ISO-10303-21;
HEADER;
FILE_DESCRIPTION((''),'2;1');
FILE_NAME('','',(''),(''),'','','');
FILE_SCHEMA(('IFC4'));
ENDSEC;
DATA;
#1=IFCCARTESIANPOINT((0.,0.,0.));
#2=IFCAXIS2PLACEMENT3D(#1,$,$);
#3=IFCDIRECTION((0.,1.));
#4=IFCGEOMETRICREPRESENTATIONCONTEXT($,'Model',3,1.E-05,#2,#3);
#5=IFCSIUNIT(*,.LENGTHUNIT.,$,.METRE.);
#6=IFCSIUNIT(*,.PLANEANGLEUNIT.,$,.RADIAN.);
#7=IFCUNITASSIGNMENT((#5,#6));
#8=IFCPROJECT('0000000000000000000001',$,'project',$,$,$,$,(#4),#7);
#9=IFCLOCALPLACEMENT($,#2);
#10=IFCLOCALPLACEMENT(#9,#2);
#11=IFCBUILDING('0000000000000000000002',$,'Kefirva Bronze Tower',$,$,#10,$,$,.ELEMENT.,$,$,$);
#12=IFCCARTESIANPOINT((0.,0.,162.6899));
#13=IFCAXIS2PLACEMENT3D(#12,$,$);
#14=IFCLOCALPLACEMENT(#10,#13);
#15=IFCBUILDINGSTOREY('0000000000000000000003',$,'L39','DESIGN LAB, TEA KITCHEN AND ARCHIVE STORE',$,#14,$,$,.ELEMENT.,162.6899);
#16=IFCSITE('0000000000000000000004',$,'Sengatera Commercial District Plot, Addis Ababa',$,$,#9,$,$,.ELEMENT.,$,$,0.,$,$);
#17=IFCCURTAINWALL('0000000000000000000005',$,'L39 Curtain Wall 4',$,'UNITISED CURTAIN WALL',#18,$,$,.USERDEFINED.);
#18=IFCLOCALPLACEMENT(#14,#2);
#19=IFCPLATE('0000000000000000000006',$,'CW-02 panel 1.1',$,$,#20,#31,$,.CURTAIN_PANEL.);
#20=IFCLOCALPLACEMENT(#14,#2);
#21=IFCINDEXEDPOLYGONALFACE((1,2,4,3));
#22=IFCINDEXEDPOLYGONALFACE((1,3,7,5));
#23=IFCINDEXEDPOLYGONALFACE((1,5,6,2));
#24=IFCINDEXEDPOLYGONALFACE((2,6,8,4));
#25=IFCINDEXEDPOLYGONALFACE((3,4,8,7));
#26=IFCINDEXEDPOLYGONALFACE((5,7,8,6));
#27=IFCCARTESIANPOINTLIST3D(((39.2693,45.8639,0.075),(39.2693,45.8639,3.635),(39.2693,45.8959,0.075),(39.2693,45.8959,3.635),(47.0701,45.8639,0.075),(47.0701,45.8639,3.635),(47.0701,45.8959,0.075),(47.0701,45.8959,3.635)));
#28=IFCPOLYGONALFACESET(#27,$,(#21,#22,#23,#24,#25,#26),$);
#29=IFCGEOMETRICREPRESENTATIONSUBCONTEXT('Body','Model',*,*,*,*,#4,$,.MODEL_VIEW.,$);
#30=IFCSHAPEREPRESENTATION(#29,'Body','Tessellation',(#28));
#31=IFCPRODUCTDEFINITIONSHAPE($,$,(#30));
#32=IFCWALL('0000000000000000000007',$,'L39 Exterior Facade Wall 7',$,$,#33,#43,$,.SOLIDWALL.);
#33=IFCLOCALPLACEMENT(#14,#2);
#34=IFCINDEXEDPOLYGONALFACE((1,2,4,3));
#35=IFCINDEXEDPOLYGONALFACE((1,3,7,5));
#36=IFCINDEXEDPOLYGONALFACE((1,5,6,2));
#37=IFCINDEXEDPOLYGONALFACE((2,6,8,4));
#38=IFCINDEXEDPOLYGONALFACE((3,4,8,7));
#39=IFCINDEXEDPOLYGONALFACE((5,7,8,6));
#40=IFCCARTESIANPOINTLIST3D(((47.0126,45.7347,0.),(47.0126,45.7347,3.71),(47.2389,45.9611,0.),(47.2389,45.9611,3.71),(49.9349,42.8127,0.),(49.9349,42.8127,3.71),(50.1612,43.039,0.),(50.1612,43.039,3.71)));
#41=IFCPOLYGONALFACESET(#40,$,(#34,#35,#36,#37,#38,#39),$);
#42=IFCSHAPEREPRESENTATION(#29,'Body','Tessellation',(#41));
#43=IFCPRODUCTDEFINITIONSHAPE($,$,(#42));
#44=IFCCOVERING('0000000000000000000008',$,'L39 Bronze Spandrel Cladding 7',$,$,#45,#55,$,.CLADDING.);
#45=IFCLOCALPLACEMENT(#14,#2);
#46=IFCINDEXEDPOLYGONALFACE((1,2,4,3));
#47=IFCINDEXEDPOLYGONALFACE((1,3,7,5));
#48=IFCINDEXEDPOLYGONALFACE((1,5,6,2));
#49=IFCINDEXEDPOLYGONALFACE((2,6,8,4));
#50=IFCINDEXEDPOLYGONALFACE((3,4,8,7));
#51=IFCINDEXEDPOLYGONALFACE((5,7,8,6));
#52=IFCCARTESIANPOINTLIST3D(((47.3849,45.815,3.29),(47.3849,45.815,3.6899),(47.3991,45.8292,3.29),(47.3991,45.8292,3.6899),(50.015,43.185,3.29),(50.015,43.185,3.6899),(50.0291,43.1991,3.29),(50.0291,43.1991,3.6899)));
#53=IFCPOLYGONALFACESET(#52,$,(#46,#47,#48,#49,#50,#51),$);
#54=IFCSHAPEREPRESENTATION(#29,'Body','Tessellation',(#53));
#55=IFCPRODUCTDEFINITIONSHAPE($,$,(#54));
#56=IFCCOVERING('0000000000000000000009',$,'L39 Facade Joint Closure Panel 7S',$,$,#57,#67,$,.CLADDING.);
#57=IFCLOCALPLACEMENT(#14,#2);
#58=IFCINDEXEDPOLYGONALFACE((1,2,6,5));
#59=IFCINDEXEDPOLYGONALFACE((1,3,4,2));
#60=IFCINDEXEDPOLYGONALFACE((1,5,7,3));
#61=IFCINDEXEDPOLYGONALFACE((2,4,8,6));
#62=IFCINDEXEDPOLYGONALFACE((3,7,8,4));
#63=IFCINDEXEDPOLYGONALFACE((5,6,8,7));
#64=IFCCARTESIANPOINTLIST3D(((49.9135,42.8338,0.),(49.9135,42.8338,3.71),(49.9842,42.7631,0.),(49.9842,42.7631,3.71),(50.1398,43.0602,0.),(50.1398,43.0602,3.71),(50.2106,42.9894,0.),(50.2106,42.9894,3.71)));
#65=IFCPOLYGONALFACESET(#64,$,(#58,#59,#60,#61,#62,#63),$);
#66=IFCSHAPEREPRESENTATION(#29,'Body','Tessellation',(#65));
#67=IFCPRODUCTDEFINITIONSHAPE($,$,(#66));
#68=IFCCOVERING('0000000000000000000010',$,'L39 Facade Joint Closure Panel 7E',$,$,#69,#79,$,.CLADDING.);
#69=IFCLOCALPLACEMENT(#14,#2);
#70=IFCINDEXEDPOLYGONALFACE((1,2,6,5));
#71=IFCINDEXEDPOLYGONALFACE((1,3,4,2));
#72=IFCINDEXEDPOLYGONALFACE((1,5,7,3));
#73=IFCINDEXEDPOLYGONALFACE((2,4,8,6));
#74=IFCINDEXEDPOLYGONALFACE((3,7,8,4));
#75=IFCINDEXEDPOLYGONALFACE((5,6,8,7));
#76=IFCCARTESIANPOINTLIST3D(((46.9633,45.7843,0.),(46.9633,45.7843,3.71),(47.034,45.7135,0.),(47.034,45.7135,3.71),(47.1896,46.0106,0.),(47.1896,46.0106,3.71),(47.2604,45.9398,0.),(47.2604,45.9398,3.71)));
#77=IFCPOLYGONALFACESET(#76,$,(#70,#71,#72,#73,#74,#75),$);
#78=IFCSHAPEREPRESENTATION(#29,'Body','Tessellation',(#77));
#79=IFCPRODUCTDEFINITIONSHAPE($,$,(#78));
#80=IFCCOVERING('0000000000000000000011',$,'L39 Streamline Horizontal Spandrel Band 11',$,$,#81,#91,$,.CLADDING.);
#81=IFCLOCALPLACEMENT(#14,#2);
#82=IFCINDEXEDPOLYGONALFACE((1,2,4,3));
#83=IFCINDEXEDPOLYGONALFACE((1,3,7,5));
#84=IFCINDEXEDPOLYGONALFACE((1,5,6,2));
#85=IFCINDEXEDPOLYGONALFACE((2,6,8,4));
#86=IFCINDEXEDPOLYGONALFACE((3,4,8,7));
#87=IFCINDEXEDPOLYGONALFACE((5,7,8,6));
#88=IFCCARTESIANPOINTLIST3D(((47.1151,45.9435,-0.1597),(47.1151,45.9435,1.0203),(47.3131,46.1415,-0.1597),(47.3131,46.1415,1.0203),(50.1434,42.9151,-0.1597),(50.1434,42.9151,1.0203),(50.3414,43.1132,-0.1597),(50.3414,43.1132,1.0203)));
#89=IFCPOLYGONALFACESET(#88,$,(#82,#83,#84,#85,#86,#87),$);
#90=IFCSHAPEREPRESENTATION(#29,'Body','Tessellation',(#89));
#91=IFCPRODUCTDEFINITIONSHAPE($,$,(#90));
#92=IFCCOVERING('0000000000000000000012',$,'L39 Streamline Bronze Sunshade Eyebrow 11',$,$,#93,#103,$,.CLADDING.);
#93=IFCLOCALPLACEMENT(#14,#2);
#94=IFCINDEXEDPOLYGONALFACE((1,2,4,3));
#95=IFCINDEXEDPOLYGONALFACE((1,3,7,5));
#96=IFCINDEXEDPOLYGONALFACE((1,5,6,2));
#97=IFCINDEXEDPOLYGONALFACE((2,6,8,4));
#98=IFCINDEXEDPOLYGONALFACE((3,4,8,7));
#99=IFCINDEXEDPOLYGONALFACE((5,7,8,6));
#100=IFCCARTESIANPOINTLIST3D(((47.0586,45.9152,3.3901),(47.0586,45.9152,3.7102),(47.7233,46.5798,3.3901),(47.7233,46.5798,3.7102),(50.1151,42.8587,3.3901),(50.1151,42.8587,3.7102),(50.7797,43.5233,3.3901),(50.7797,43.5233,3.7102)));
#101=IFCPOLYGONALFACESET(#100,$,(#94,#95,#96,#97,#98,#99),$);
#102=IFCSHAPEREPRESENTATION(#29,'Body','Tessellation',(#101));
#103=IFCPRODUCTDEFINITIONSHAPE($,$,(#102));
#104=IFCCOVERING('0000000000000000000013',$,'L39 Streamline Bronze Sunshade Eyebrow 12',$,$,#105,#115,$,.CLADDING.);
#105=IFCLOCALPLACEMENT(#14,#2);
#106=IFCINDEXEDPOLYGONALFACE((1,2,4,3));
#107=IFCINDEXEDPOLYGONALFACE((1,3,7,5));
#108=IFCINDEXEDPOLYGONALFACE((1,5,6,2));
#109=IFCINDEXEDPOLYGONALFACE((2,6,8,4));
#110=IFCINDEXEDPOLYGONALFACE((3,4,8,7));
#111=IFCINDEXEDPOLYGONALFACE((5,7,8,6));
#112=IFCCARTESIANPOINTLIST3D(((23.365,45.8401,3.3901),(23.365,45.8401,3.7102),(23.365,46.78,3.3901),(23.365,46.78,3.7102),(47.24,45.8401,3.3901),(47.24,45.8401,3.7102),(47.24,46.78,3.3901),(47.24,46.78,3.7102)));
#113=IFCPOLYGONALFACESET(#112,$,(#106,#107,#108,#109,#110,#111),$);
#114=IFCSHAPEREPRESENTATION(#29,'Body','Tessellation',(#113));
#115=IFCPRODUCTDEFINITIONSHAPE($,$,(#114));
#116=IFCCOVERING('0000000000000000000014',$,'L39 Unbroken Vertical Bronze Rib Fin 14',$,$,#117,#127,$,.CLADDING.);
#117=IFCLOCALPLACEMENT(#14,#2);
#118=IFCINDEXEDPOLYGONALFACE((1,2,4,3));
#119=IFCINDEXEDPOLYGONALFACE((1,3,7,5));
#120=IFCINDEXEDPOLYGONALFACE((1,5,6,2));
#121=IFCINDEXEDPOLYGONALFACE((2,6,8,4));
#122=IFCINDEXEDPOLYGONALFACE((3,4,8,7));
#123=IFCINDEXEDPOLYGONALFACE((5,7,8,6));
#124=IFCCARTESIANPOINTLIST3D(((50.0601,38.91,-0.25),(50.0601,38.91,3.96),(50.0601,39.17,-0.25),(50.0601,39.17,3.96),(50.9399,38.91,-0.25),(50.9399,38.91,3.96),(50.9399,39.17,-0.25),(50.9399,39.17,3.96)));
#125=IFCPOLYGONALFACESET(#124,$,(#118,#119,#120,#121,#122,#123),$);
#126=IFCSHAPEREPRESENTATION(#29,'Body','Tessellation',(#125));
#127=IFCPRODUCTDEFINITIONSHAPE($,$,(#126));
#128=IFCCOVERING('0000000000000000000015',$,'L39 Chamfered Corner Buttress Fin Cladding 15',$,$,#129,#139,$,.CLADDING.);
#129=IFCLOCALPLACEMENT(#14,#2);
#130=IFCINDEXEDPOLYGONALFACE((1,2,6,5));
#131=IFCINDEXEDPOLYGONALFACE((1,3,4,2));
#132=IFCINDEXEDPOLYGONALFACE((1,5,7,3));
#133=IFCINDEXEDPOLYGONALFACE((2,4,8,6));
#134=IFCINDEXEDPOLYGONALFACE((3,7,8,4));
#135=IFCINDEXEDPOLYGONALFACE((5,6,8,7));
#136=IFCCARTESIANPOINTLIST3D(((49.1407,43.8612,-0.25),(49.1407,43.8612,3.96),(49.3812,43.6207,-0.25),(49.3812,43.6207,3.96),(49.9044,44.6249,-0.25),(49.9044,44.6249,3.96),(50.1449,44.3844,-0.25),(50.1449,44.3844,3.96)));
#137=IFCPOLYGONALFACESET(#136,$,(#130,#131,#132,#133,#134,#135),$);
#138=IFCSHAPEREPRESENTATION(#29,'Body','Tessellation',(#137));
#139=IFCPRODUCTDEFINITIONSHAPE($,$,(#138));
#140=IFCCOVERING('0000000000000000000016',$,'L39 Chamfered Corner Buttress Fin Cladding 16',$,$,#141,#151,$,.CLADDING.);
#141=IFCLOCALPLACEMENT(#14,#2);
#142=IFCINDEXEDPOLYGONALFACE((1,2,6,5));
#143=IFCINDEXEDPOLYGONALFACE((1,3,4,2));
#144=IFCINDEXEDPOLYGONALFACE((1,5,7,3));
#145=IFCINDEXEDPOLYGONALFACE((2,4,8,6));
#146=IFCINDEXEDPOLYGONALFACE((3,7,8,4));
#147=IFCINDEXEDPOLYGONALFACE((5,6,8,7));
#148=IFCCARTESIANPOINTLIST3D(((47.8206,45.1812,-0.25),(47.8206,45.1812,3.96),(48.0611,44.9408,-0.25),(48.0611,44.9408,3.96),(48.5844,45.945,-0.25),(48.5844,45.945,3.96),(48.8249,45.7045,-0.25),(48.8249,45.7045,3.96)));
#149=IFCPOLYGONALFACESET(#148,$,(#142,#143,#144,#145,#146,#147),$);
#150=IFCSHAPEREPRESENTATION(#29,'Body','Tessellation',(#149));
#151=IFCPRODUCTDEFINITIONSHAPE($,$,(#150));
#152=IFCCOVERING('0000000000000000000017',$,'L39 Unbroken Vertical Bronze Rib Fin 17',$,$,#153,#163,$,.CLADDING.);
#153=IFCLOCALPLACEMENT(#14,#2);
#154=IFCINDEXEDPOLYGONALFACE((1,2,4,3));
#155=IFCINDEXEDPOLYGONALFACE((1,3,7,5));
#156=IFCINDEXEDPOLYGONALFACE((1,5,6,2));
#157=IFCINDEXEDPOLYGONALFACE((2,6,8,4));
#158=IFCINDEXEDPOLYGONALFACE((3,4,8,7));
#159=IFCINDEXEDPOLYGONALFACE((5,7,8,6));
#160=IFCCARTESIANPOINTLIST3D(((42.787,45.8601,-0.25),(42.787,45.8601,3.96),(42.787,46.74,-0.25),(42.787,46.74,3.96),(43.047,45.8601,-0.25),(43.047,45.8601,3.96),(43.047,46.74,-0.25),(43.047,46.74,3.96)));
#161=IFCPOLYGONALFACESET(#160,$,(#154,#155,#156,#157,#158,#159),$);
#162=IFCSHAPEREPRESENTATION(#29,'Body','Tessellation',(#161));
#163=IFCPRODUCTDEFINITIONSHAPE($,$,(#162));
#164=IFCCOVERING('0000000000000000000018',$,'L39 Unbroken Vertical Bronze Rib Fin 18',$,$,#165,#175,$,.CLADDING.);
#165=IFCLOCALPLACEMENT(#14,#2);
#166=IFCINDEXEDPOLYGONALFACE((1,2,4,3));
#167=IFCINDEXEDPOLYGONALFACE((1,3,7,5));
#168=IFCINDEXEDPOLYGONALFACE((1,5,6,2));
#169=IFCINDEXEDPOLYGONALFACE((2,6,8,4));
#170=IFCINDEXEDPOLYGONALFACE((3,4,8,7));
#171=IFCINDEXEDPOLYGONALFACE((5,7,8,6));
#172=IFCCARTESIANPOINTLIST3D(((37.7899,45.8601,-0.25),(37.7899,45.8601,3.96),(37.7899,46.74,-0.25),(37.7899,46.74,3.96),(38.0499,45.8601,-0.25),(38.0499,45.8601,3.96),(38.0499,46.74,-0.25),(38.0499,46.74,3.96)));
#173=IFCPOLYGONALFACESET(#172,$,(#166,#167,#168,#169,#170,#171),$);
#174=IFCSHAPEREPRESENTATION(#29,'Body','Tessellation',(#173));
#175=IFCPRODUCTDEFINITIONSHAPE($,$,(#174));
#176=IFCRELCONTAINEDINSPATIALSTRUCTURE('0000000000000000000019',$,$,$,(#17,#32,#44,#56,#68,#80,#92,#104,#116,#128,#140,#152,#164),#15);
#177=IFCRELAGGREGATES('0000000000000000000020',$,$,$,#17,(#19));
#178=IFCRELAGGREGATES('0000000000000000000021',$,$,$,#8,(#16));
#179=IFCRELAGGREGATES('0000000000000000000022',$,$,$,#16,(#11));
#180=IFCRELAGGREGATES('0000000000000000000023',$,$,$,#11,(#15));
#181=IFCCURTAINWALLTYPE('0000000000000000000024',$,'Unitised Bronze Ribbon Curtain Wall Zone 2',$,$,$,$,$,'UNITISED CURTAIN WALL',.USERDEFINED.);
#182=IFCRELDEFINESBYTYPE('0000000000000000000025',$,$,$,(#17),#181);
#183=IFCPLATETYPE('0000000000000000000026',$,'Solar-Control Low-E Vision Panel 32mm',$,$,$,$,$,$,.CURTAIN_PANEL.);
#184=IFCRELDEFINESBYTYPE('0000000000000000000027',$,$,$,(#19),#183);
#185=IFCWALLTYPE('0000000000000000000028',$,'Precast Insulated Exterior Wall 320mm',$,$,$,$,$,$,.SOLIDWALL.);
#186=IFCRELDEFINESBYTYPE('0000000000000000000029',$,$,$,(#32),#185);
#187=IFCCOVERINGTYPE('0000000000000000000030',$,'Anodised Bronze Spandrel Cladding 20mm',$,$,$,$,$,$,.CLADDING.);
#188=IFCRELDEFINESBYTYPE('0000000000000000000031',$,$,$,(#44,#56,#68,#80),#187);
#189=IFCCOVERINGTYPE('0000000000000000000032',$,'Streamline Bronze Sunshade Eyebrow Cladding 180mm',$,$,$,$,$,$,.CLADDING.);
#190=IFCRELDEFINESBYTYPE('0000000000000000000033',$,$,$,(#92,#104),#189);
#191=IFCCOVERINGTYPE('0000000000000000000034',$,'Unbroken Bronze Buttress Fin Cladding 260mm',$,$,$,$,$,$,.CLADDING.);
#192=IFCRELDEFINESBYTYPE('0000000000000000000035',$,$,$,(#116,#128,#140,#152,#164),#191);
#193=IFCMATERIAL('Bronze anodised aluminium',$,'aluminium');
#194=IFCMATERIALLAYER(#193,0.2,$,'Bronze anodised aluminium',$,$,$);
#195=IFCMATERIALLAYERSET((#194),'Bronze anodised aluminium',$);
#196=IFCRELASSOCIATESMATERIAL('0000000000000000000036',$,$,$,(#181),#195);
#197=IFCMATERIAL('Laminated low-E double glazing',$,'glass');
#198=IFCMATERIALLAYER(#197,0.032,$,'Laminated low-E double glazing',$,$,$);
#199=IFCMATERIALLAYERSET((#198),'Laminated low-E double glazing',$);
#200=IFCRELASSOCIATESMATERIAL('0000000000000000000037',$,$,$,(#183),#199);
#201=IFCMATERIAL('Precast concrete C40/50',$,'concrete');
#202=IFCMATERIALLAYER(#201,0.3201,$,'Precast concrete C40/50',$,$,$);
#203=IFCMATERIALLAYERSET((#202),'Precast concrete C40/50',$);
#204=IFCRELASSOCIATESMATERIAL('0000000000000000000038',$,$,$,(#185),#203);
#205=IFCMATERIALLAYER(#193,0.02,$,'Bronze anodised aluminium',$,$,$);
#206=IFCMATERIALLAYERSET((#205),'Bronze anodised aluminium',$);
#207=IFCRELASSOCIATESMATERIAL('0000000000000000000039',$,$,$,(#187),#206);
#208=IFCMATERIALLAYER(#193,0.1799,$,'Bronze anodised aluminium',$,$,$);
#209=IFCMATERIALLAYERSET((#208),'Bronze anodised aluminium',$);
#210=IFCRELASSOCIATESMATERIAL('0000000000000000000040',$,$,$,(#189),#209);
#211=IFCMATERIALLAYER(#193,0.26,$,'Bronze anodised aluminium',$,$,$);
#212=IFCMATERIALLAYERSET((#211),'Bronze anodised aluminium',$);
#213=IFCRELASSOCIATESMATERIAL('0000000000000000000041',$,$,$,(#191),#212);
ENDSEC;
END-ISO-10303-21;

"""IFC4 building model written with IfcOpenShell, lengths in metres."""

from ifc_helpers import new_model, si_unit, direction, frame, frame_2d, origin, origin_2d, place, context, subcontext, project, spatial, rectangle, extrude, material, layer, layer_set, type_object, element, aggregate, save


model = new_model("IFC4")

# Units and contexts
model_context = context("Model", 3, precision=1e-05, world=origin(), true_north=direction((0.0, 1.0)))
body_context = subcontext(model_context, "Body", "Model", "MODEL_VIEW")
ifc_project = project(units=[si_unit("LENGTHUNIT", "METRE"), si_unit("PLANEANGLEUNIT", "RADIAN")], contexts=[model_context])

# Site, building, storey
site_placement = place(None, origin())
site = spatial("IfcSite", under=ifc_project, at=site_placement, Name="Sengatera Commercial District Plot, Addis Ababa", CompositionType="ELEMENT", RefElevation=0.0)
building_placement = place(site_placement, origin())
building = spatial("IfcBuilding", under=site, at=building_placement, Name="Kefirva Bronze Tower", CompositionType="ELEMENT")
storey_placement = place(building_placement, frame((0.0, 0.0, 162.6899)))
storey = spatial("IfcBuildingStorey", under=building, at=storey_placement, Name="L39", Description="DESIGN LAB, TEA KITCHEN AND ARCHIVE STORE", CompositionType="ELEMENT", Elevation=162.6899)

# Shared definitions
ifc_material_1 = material(Name="Bronze anodised aluminium", Category="aluminium")
ifc_layer_1 = layer(ifc_material_1, 0.2, Name="Bronze anodised aluminium")
ifc_layer_set_1 = layer_set([ifc_layer_1], Name="Bronze anodised aluminium")
curtain_wall_type = type_object("IfcCurtainWallType", Name="Unitised Bronze Ribbon Curtain Wall Zone 2", ElementType="UNITISED CURTAIN WALL", PredefinedType="USERDEFINED", material=ifc_layer_set_1)

# Curtain wall
curtain_wall_1_placement = place(storey_placement, origin())
curtain_wall_1 = element("IfcCurtainWall", 1, at=curtain_wall_1_placement, inside=storey, type_object=curtain_wall_type, Name="L39 Curtain Wall 4", ObjectType="UNITISED CURTAIN WALL", PredefinedType="USERDEFINED")

# Plate
ifc_material_2 = material(Name="Laminated low-E double glazing", Category="glass")
ifc_layer_2 = layer(ifc_material_2, 0.032, Name="Laminated low-E double glazing")
ifc_layer_set_2 = layer_set([ifc_layer_2], Name="Laminated low-E double glazing")
plate_type = type_object("IfcPlateType", Name="Solar-Control Low-E Vision Panel 32mm", PredefinedType="CURTAIN_PANEL", material=ifc_layer_set_2)
plate_placement = place(storey_placement, frame((43.1697, 45.8799, 0.075), z_axis=(0.0, 0.0, 1.0), x_axis=(-1.0, 0.0, 0.0)))
plate = element("IfcPlate", 2, at=plate_placement, type_object=plate_type, Name="CW-02 panel 1.1", PredefinedType="CURTAIN_PANEL", context=body_context, shape_type="SweptSolid", body=[
    extrude(rectangle(XDim=7.8008, YDim=0.032, at=origin_2d()), origin(), (0.0, 0.0, 1.0), 3.5601),
])
aggregate(curtain_wall_1, [plate])

# Wall
ifc_material_3 = material(Name="Precast concrete C40/50", Category="concrete")
ifc_layer_3 = layer(ifc_material_3, 0.3201, Name="Precast concrete C40/50")
ifc_layer_set_3 = layer_set([ifc_layer_3], Name="Precast concrete C40/50")
wall_type = type_object("IfcWallType", Name="Precast Insulated Exterior Wall 320mm", PredefinedType="SOLIDWALL", material=ifc_layer_set_3)
wall_placement = place(storey_placement, frame((50.0481, 42.9258, 0.0), z_axis=(0.0, 0.0, 1.0), x_axis=(-0.707136, 0.707077, 0.0)))
element("IfcWall", 3, at=wall_placement, inside=storey, type_object=wall_type, Name="L39 Exterior Facade Wall 7", PredefinedType="SOLIDWALL", context=body_context, shape_type="SweptSolid", body=[
    extrude(rectangle(XDim=4.1326, YDim=0.3201, at=frame_2d((2.0664, 0.0))), origin(), (0.0, 0.0, 1.0), 3.71),
])

# Coverings
ifc_layer_4 = layer(ifc_material_1, 0.02, Name="Bronze anodised aluminium")
ifc_layer_set_4 = layer_set([ifc_layer_4], Name="Bronze anodised aluminium")
covering_type_1 = type_object("IfcCoveringType", Name="Anodised Bronze Spandrel Cladding 20mm", PredefinedType="CLADDING", material=ifc_layer_set_4)
covering_1_placement = place(storey_placement, frame((48.707, 44.5071, 3.29), z_axis=(0.0, 0.0, 1.0), x_axis=(-0.707107, 0.707107, 0.0)))
element("IfcCovering", 4, at=covering_1_placement, inside=storey, type_object=covering_type_1, Name="L39 Bronze Spandrel Cladding 7", PredefinedType="CLADDING", context=body_context, shape_type="SweptSolid", body=[
    extrude(rectangle(XDim=3.7195, YDim=0.02, at=origin_2d()), origin(), (0.0, 0.0, 1.0), 0.3999),
])
for number, where, z_axis, x_axis, name in (
    (5, (50.062, 42.9116, 0.0), (0.0, 0.0, 1.0), (-0.707107, 0.707107, 0.0), "L39 Facade Joint Closure Panel 7S"),
    (6, (47.1118, 45.8621, 0.0), (0.0, 0.0, 1.0), (-0.707107, 0.707107, 0.0), "L39 Facade Joint Closure Panel 7E"),
):
    element("IfcCovering", number, at=place(storey_placement, frame(where, z_axis=z_axis, x_axis=x_axis)), inside=storey, type_object=covering_type_1, Name=name, PredefinedType="CLADDING", context=body_context, shape_type="SweptSolid", body=[
        extrude(rectangle(XDim=0.1001, YDim=0.3201, at=origin_2d()), origin(), (0.0, 0.0, 1.0), 3.71),
    ])
covering_2_placement = place(storey_placement, frame((48.7283, 44.5283, -0.1597), z_axis=(0.0, 0.0, 1.0), x_axis=(-0.707107, 0.707107, 0.0)))
element("IfcCovering", 7, at=covering_2_placement, inside=storey, type_object=covering_type_1, Name="L39 Streamline Horizontal Spandrel Band 11", PredefinedType="CLADDING", context=body_context, shape_type="SweptSolid", body=[
    extrude(rectangle(XDim=4.2827, YDim=0.28, at=origin_2d()), origin(), (0.0, 0.0, 1.0), 1.1799),
])
ifc_layer_5 = layer(ifc_material_1, 0.1799, Name="Bronze anodised aluminium")
ifc_layer_set_5 = layer_set([ifc_layer_5], Name="Bronze anodised aluminium")
covering_type_2 = type_object("IfcCoveringType", Name="Streamline Bronze Sunshade Eyebrow Cladding 180mm", PredefinedType="CLADDING", material=ifc_layer_set_5)
covering_3_placement = place(storey_placement, frame((48.9192, 44.7192, 3.3901), z_axis=(0.0, 0.0, 1.0), x_axis=(-0.707107, 0.707107, 0.0)))
element("IfcCovering", 8, at=covering_3_placement, inside=storey, type_object=covering_type_2, Name="L39 Streamline Bronze Sunshade Eyebrow 11", PredefinedType="CLADDING", context=body_context, shape_type="SweptSolid", body=[
    extrude(rectangle(XDim=4.3225, YDim=0.9399, at=origin_2d()), origin(), (0.0, 0.0, 1.0), 0.3201),
])
covering_4_placement = place(storey_placement, frame((35.3025, 46.3101, 3.3901), z_axis=(0.0, 0.0, 1.0), x_axis=(-1.0, 0.0, 0.0)))
element("IfcCovering", 9, at=covering_4_placement, inside=storey, type_object=covering_type_2, Name="L39 Streamline Bronze Sunshade Eyebrow 12", PredefinedType="CLADDING", context=body_context, shape_type="SweptSolid", body=[
    extrude(rectangle(XDim=23.875, YDim=0.9399, at=origin_2d()), origin(), (0.0, 0.0, 1.0), 0.3201),
])
ifc_layer_6 = layer(ifc_material_1, 0.26, Name="Bronze anodised aluminium")
ifc_layer_set_6 = layer_set([ifc_layer_6], Name="Bronze anodised aluminium")
covering_type_3 = type_object("IfcCoveringType", Name="Unbroken Bronze Buttress Fin Cladding 260mm", PredefinedType="CLADDING", material=ifc_layer_set_6)
covering_5_placement = place(storey_placement, frame((50.5, 39.04, -0.25), z_axis=(0.0, 0.0, 1.0), x_axis=(0.0, 1.0, 0.0)))
element("IfcCovering", 10, at=covering_5_placement, inside=storey, type_object=covering_type_3, Name="L39 Unbroken Vertical Bronze Rib Fin 14", PredefinedType="CLADDING", context=body_context, shape_type="SweptSolid", body=[
    extrude(rectangle(XDim=0.26, YDim=0.8799, at=origin_2d()), origin(), (0.0, 0.0, 1.0), 4.21),
])
for number, where, z_axis, x_axis, name in (
    (11, (49.6428, 44.1228, -0.25), (0.0, 0.0, 1.0), (-0.707107, 0.707107, 0.0), "L39 Chamfered Corner Buttress Fin Cladding 15"),
    (12, (48.3228, 45.4429, -0.25), (0.0, 0.0, 1.0), (-0.707107, 0.707107, 0.0), "L39 Chamfered Corner Buttress Fin Cladding 16"),
):
    element("IfcCovering", number, at=place(storey_placement, frame(where, z_axis=z_axis, x_axis=x_axis)), inside=storey, type_object=covering_type_3, Name=name, PredefinedType="CLADDING", context=body_context, shape_type="SweptSolid", body=[
        extrude(rectangle(XDim=0.3401, YDim=1.0801, at=origin_2d()), origin(), (0.0, 0.0, 1.0), 4.21),
    ])
for number, where, z_axis, x_axis, name in (
    (13, (42.917, 46.3, -0.25), (0.0, 0.0, 1.0), (-1.0, 0.0, 0.0), "L39 Unbroken Vertical Bronze Rib Fin 17"),
    (14, (37.9199, 46.3, -0.25), (0.0, 0.0, 1.0), (-1.0, 0.0, 0.0), "L39 Unbroken Vertical Bronze Rib Fin 18"),
):
    element("IfcCovering", number, at=place(storey_placement, frame(where, z_axis=z_axis, x_axis=x_axis)), inside=storey, type_object=covering_type_3, Name=name, PredefinedType="CLADDING", context=body_context, shape_type="SweptSolid", body=[
        extrude(rectangle(XDim=0.26, YDim=0.8799, at=origin_2d()), origin(), (0.0, 0.0, 1.0), 4.21),
    ])

save(model, "model.ifc")
